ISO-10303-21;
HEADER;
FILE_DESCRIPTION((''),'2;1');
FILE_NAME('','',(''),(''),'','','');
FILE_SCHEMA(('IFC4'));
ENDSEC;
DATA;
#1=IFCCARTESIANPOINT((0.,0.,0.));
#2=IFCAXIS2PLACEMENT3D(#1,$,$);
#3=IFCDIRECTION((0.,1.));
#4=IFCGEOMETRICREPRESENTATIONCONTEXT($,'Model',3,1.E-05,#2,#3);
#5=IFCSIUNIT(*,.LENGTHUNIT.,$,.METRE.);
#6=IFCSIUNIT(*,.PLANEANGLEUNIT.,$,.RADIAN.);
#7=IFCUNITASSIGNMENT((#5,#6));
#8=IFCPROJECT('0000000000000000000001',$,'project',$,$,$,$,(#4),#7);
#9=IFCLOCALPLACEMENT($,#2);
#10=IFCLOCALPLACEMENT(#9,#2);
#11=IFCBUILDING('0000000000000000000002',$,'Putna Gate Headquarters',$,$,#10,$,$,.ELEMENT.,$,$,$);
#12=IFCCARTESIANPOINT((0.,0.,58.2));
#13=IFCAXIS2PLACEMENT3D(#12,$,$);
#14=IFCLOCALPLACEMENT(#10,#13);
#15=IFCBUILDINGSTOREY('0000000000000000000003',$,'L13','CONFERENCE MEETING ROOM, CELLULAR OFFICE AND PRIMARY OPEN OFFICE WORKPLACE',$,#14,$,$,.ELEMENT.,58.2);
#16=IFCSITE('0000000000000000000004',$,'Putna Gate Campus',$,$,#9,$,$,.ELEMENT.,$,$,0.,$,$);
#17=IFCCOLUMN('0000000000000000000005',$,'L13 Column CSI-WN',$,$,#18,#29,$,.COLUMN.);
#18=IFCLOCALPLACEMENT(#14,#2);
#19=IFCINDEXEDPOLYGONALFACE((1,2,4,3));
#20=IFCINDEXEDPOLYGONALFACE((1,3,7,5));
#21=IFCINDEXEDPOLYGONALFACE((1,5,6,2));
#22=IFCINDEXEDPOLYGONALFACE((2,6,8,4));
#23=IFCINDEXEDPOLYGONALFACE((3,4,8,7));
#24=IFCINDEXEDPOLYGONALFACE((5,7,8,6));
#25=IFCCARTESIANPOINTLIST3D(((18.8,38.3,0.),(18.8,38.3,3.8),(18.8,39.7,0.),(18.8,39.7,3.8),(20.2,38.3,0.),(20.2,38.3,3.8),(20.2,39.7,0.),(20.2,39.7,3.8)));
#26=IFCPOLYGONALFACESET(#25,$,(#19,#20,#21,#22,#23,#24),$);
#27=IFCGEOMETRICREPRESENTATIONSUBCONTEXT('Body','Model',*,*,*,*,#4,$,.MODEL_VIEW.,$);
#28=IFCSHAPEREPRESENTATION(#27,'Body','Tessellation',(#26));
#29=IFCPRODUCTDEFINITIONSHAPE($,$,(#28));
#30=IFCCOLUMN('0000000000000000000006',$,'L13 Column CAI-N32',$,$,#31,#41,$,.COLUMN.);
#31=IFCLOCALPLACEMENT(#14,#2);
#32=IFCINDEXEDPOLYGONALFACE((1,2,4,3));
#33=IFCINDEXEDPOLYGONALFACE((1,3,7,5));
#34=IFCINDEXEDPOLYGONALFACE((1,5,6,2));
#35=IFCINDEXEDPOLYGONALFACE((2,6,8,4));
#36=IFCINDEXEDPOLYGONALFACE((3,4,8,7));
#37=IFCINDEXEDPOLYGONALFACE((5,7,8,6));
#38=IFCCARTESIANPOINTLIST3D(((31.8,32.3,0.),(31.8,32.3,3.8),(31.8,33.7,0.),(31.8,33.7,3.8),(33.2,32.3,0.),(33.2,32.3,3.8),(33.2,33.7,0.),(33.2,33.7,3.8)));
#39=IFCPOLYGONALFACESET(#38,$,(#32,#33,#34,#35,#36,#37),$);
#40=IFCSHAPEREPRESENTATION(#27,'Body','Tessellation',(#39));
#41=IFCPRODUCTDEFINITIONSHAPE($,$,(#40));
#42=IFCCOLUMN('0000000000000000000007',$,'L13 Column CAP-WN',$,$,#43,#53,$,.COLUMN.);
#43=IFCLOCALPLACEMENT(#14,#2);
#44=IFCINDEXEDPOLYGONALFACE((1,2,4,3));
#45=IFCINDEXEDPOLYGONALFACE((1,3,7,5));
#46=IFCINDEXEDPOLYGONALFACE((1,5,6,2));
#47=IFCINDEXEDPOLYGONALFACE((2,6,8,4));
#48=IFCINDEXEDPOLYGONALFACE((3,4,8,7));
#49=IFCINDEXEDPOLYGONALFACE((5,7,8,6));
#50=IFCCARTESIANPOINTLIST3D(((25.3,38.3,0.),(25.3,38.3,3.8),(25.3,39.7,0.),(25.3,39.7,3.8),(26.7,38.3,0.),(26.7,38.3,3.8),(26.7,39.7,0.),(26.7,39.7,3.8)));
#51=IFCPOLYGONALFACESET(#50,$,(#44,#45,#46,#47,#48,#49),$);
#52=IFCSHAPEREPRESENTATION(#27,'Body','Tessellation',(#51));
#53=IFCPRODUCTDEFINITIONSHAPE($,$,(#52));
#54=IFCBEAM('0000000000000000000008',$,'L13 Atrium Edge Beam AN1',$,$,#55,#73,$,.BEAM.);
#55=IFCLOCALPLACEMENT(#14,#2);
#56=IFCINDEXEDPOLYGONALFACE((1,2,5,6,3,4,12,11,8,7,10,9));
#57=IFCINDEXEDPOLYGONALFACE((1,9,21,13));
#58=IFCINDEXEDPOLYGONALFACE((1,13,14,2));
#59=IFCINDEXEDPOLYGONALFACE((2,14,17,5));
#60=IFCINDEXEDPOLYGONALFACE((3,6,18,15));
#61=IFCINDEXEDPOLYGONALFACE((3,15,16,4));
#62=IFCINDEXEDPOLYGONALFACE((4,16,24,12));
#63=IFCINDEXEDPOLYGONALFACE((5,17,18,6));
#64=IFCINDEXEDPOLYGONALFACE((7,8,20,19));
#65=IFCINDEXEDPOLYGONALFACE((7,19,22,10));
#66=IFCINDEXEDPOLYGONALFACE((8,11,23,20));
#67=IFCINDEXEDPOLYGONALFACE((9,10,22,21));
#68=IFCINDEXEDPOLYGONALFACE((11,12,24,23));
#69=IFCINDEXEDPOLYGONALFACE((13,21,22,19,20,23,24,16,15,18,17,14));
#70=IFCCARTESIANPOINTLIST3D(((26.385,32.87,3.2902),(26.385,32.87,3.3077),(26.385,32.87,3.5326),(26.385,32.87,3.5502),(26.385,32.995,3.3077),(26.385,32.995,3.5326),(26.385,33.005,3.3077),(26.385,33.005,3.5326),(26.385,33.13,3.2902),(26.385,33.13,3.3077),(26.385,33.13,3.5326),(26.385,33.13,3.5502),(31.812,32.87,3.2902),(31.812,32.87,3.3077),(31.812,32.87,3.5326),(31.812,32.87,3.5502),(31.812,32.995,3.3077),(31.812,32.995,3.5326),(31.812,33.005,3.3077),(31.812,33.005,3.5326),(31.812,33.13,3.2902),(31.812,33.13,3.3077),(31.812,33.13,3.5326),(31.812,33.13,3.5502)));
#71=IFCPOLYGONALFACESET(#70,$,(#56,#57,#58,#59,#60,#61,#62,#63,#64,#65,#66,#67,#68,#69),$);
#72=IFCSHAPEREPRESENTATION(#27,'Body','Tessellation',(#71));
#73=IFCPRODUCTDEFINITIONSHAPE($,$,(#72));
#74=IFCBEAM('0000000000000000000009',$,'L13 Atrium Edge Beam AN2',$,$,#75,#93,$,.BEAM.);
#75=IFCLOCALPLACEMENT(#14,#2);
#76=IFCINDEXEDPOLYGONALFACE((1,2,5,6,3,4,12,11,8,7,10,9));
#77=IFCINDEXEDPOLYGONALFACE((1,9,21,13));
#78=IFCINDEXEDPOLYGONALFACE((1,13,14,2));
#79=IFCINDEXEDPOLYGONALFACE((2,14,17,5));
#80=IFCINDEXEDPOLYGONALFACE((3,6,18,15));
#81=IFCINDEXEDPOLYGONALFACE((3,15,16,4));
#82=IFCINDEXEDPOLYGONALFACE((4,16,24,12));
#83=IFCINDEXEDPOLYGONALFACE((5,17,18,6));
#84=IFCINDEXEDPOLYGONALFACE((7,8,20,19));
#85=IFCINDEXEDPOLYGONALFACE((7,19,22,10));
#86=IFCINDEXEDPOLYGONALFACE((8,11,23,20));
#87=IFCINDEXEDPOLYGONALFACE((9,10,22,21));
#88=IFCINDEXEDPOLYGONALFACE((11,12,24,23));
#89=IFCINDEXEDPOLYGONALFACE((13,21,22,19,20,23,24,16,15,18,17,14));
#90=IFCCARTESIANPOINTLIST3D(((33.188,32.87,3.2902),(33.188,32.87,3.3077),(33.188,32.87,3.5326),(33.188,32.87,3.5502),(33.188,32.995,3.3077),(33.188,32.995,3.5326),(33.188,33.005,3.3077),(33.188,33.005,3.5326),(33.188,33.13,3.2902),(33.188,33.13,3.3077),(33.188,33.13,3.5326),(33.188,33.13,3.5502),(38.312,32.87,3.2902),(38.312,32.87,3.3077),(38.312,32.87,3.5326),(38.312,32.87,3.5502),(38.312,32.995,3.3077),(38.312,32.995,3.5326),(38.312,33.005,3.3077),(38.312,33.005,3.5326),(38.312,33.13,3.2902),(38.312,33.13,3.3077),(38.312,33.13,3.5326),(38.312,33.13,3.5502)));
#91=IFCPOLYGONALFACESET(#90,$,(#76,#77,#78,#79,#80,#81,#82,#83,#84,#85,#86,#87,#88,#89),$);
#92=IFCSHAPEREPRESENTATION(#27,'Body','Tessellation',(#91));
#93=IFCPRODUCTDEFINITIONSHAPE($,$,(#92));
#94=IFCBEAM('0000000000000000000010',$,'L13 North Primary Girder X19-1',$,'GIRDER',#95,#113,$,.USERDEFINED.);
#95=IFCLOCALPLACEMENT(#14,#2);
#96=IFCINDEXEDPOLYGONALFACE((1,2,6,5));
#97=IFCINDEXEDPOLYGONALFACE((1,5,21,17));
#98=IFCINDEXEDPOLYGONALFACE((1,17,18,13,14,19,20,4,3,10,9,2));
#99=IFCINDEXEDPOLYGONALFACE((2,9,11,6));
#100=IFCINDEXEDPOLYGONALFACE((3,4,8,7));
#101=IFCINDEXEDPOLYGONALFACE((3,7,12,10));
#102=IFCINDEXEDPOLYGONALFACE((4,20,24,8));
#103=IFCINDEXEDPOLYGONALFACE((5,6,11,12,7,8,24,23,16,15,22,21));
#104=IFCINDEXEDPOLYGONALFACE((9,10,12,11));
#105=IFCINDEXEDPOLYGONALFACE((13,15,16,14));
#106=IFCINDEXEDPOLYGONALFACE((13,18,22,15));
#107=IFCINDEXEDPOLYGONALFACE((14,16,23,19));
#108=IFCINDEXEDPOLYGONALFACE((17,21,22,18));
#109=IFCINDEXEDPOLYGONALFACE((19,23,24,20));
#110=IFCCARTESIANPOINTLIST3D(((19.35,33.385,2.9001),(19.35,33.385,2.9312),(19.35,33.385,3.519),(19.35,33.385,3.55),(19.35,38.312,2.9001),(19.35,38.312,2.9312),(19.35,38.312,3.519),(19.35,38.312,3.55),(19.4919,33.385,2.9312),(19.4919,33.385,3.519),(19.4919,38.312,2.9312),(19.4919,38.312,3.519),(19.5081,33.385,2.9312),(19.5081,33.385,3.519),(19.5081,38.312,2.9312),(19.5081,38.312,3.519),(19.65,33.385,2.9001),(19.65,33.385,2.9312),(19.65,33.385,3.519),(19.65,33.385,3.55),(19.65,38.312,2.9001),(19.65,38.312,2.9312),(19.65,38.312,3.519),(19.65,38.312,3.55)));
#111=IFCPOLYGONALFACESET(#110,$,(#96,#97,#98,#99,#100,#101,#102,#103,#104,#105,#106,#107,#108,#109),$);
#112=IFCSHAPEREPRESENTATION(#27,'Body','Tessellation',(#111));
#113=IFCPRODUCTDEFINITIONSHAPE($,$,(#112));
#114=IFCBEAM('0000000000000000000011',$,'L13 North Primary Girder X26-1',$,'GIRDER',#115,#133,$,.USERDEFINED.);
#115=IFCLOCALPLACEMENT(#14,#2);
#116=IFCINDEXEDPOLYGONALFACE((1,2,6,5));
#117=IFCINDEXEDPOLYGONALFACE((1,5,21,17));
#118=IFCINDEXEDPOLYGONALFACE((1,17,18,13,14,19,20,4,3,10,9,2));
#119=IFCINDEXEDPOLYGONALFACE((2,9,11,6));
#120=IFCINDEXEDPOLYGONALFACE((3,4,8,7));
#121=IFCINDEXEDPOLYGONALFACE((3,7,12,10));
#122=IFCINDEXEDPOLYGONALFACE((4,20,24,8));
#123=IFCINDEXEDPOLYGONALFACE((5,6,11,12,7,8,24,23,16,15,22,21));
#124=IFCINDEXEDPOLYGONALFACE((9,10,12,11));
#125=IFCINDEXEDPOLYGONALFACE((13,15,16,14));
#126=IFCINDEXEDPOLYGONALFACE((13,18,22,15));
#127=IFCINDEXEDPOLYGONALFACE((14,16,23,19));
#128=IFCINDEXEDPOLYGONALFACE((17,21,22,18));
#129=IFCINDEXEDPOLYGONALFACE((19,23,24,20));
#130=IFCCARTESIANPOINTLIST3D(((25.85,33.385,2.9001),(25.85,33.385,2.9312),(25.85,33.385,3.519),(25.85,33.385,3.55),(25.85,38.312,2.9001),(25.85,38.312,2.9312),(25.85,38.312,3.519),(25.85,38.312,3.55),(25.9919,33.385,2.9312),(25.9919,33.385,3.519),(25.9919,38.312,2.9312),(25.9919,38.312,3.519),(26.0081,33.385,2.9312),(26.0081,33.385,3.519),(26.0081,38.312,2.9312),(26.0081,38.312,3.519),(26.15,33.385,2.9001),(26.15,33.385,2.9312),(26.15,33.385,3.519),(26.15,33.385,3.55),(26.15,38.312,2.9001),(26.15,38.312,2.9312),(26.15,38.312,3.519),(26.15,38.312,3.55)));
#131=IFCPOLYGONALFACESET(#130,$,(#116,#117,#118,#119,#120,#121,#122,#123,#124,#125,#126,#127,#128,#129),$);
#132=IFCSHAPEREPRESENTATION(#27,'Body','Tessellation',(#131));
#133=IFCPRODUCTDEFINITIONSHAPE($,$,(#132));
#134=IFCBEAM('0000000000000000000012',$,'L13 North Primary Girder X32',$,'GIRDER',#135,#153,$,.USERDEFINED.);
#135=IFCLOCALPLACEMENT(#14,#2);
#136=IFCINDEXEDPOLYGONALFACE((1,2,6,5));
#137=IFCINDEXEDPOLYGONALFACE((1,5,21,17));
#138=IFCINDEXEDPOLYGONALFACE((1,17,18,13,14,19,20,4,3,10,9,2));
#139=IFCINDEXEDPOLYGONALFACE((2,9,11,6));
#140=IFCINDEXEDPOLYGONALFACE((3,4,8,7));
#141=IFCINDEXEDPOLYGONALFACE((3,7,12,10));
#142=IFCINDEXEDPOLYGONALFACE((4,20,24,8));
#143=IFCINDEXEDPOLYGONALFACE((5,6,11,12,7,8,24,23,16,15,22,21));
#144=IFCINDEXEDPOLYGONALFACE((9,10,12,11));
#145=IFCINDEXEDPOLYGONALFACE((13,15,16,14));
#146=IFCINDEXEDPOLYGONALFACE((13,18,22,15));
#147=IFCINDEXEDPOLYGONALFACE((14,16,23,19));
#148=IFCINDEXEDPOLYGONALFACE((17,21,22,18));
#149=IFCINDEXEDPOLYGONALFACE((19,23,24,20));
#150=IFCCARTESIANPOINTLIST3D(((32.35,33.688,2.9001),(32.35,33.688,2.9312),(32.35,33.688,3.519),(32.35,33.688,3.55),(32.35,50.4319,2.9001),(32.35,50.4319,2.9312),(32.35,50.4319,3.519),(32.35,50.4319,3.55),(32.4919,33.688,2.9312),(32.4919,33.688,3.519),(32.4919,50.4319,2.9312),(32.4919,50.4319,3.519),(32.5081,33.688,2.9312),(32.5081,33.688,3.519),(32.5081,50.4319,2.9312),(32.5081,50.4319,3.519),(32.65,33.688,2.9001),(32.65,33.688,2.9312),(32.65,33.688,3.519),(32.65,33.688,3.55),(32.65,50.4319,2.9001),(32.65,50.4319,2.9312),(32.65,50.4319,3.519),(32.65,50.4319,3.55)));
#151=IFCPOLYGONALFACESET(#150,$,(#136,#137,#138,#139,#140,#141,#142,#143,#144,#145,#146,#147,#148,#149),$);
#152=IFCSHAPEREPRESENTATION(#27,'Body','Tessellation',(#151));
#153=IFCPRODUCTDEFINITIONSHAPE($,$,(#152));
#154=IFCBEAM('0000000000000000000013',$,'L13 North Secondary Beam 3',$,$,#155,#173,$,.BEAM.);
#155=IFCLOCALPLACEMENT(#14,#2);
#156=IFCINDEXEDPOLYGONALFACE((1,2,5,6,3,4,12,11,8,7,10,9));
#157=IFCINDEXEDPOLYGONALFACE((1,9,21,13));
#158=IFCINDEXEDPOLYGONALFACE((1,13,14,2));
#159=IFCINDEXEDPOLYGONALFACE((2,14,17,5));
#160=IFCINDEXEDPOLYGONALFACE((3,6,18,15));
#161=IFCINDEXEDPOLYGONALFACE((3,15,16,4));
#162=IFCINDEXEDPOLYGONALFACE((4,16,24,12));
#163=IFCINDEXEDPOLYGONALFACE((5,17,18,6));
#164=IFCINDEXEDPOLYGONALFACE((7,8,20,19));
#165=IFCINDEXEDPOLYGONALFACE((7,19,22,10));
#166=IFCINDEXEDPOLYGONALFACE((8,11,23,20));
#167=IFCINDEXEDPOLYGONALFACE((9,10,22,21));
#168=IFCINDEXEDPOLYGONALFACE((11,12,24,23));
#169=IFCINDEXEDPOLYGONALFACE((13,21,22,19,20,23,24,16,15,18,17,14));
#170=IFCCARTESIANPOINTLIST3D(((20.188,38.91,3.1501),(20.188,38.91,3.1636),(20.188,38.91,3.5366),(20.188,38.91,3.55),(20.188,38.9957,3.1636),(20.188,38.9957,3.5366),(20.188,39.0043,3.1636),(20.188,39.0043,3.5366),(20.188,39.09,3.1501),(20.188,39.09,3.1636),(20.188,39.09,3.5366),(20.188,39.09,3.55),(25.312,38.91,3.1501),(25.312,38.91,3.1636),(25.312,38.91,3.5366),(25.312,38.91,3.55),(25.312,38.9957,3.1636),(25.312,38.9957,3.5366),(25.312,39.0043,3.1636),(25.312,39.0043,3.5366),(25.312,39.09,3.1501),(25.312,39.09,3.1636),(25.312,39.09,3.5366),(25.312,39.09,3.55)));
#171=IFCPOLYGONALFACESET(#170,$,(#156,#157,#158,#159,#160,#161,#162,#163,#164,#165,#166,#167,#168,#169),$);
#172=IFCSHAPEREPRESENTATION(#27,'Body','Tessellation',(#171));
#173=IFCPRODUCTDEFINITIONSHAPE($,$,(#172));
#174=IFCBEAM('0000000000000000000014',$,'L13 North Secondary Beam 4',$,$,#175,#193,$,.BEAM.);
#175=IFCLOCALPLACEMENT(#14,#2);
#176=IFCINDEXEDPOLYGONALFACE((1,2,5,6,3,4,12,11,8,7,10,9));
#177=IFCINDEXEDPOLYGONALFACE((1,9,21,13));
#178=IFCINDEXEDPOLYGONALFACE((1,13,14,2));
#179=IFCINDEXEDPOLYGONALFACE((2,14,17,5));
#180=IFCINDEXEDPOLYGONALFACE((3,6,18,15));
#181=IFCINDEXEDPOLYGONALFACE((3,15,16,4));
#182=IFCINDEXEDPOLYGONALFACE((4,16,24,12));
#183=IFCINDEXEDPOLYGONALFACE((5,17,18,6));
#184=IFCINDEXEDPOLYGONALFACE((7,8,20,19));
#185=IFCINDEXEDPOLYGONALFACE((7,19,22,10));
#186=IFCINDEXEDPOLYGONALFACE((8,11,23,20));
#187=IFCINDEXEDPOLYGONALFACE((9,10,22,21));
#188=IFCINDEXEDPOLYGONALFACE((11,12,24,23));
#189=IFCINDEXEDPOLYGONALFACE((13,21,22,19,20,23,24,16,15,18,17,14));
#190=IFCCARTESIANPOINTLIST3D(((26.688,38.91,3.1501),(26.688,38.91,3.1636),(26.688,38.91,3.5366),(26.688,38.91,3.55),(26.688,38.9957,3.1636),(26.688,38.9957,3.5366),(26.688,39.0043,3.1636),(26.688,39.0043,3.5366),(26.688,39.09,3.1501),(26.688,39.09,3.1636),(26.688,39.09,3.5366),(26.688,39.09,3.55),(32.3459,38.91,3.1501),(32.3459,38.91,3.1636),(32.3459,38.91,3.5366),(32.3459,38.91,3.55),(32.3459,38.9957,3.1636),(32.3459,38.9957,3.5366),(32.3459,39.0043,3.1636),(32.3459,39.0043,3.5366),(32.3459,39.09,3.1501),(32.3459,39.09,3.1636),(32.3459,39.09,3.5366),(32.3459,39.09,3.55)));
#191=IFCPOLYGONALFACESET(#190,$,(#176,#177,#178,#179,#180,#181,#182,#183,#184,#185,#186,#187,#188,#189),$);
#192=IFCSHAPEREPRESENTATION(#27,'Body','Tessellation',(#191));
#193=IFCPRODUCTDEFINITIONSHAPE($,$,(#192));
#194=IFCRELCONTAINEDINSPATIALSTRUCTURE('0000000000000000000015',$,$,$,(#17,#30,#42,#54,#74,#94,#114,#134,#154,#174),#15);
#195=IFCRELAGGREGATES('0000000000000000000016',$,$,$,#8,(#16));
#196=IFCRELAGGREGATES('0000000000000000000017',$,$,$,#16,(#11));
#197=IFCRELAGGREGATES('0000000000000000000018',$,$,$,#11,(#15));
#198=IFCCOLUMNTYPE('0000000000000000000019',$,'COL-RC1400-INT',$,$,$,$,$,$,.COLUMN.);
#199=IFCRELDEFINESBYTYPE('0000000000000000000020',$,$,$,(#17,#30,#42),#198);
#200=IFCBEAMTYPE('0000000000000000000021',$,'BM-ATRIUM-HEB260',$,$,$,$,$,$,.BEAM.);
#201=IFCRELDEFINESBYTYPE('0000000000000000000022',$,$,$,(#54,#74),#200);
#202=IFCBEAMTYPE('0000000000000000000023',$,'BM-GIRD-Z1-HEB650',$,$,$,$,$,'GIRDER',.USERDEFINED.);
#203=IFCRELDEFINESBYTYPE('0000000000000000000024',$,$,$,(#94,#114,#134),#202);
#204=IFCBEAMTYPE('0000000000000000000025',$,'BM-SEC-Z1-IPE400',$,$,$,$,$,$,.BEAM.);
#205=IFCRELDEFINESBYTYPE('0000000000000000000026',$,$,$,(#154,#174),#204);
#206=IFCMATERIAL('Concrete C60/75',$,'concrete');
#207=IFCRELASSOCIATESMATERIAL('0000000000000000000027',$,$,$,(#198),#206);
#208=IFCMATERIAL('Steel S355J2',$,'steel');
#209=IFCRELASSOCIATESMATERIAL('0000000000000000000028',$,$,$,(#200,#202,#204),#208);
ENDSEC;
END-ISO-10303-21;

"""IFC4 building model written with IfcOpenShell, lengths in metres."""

from ifc_helpers import new_model, si_unit, direction, frame, origin, origin_2d, place, context, subcontext, project, spatial, rectangle, i_section, extrude, material, material_profile, profile_set, type_object, element, save


model = new_model("IFC4")

# Units and contexts
model_context = context("Model", 3, precision=1e-05, world=origin(), true_north=direction((0.0, 1.0)))
body_context = subcontext(model_context, "Body", "Model", "MODEL_VIEW")
ifc_project = project(units=[si_unit("LENGTHUNIT", "METRE"), si_unit("PLANEANGLEUNIT", "RADIAN")], contexts=[model_context])

# Site, building, storey
site_placement = place(None, origin())
site = spatial("IfcSite", under=ifc_project, at=site_placement, Name="Putna Gate Campus", CompositionType="ELEMENT", RefElevation=0.0)
building_placement = place(site_placement, origin())
building = spatial("IfcBuilding", under=site, at=building_placement, Name="Putna Gate Headquarters", CompositionType="ELEMENT")
storey_placement = place(building_placement, frame((0.0, 0.0, 58.2)))
storey = spatial("IfcBuildingStorey", under=building, at=storey_placement, Name="L13", Description="CONFERENCE MEETING ROOM, CELLULAR OFFICE AND PRIMARY OPEN OFFICE WORKPLACE", CompositionType="ELEMENT", Elevation=58.2)

# Columns
ifc_material_1 = material(Name="Concrete C60/75", Category="concrete")
ifc_material_profile_1 = material_profile(ifc_material_1, rectangle(XDim=1.3999, YDim=1.3999, at=origin_2d()), Name="Concrete C60/75")
ifc_profile_set_1 = profile_set([ifc_material_profile_1], Name="Concrete C60/75")
column_type = type_object("IfcColumnType", Name="COL-RC1400-INT", PredefinedType="COLUMN", material=ifc_profile_set_1)
for number, where, z_axis, x_axis, name in (
    (1, (19.5, 39.0, 0.0), (0.0, 0.0, 1.0), (1.0, 0.0, 0.0), "L13 Column CSI-WN"),
    (2, (32.5, 33.0, 0.0), (0.0, 0.0, 1.0), (1.0, 0.0, 0.0), "L13 Column CAI-N32"),
    (3, (26.0, 39.0, 0.0), (0.0, 0.0, 1.0), (1.0, 0.0, 0.0), "L13 Column CAP-WN"),
):
    element("IfcColumn", number, at=place(storey_placement, frame(where, z_axis=z_axis, x_axis=x_axis)), inside=storey, type_object=column_type, Name=name, PredefinedType="COLUMN", context=body_context, shape_type="SweptSolid", body=[
        extrude(rectangle(XDim=1.3999, YDim=1.3999, at=origin_2d()), origin(), (0.0, 0.0, 1.0), 3.8),
    ])

# Beams
ifc_material_2 = material(Name="Steel S355J2", Category="steel")
ifc_material_profile_2 = material_profile(ifc_material_2, i_section(OverallWidth=0.26, OverallDepth=0.26, WebThickness=0.01, FlangeThickness=0.0176, at=origin_2d()), Name="Steel S355J2")
ifc_profile_set_2 = profile_set([ifc_material_profile_2], Name="Steel S355J2")
beam_type_1 = type_object("IfcBeamType", Name="BM-ATRIUM-HEB260", PredefinedType="BEAM", material=ifc_profile_set_2)
beam_1_placement = place(storey_placement, frame((26.385, 33.0, 3.4202), z_axis=(1.0, 0.0, 0.0), x_axis=(0.0, 1.0, 0.0)))
element("IfcBeam", 4, at=beam_1_placement, inside=storey, type_object=beam_type_1, Name="L13 Atrium Edge Beam AN1", PredefinedType="BEAM", context=body_context, shape_type="SweptSolid", body=[
    extrude(i_section(OverallWidth=0.26, OverallDepth=0.26, WebThickness=0.01, FlangeThickness=0.0176, at=origin_2d()), origin(), (0.0, 0.0, 1.0), 5.427),
])
beam_2_placement = place(storey_placement, frame((33.188, 33.0, 3.4202), z_axis=(1.0, 0.0, 0.0), x_axis=(0.0, 1.0, 0.0)))
element("IfcBeam", 5, at=beam_2_placement, inside=storey, type_object=beam_type_1, Name="L13 Atrium Edge Beam AN2", PredefinedType="BEAM", context=body_context, shape_type="SweptSolid", body=[
    extrude(i_section(OverallWidth=0.26, OverallDepth=0.26, WebThickness=0.01, FlangeThickness=0.0176, at=origin_2d()), origin(), (0.0, 0.0, 1.0), 5.124),
])
ifc_material_profile_3 = material_profile(ifc_material_2, i_section(OverallWidth=0.3, OverallDepth=0.6499, WebThickness=0.0161, FlangeThickness=0.031, at=origin_2d()), Name="Steel S355J2")
ifc_profile_set_3 = profile_set([ifc_material_profile_3], Name="Steel S355J2")
beam_type_2 = type_object("IfcBeamType", Name="BM-GIRD-Z1-HEB650", ElementType="GIRDER", PredefinedType="USERDEFINED", material=ifc_profile_set_3)
for number, where, z_axis, x_axis, name in (
    (6, (19.5, 33.385, 3.2251), (0.0, 1.0, 0.0), (-1.0, 0.0, 0.0), "L13 North Primary Girder X19-1"),
    (7, (26.0, 33.385, 3.2251), (0.0, 1.0, 0.0), (-1.0, 0.0, 0.0), "L13 North Primary Girder X26-1"),
):
    element("IfcBeam", number, at=place(storey_placement, frame(where, z_axis=z_axis, x_axis=x_axis)), inside=storey, type_object=beam_type_2, Name=name, ObjectType="GIRDER", PredefinedType="USERDEFINED", context=body_context, shape_type="SweptSolid", body=[
        extrude(i_section(OverallWidth=0.3, OverallDepth=0.6499, WebThickness=0.0161, FlangeThickness=0.031, at=origin_2d()), origin(), (0.0, 0.0, 1.0), 4.927),
    ])
beam_3_placement = place(storey_placement, frame((32.5, 33.688, 3.2251), z_axis=(0.0, 1.0, 0.0), x_axis=(-1.0, 0.0, 0.0)))
element("IfcBeam", 8, at=beam_3_placement, inside=storey, type_object=beam_type_2, Name="L13 North Primary Girder X32", ObjectType="GIRDER", PredefinedType="USERDEFINED", context=body_context, shape_type="SweptSolid", body=[
    extrude(i_section(OverallWidth=0.3, OverallDepth=0.6499, WebThickness=0.0161, FlangeThickness=0.031, at=origin_2d()), origin(), (0.0, 0.0, 1.0), 16.7439),
])
ifc_material_profile_4 = material_profile(ifc_material_2, i_section(OverallWidth=0.1799, OverallDepth=0.3999, WebThickness=0.0085, FlangeThickness=0.0134, at=origin_2d()), Name="Steel S355J2")
ifc_profile_set_4 = profile_set([ifc_material_profile_4], Name="Steel S355J2")
beam_type_3 = type_object("IfcBeamType", Name="BM-SEC-Z1-IPE400", PredefinedType="BEAM", material=ifc_profile_set_4)
beam_4_placement = place(storey_placement, frame((20.188, 39.0, 3.3501), z_axis=(1.0, 0.0, 0.0), x_axis=(0.0, 1.0, 0.0)))
element("IfcBeam", 9, at=beam_4_placement, inside=storey, type_object=beam_type_3, Name="L13 North Secondary Beam 3", PredefinedType="BEAM", context=body_context, shape_type="SweptSolid", body=[
    extrude(i_section(OverallWidth=0.1799, OverallDepth=0.3999, WebThickness=0.0085, FlangeThickness=0.0134, at=origin_2d()), origin(), (0.0, 0.0, 1.0), 5.124),
])
beam_5_placement = place(storey_placement, frame((26.688, 39.0, 3.3501), z_axis=(1.0, 0.0, 0.0), x_axis=(0.0, 1.0, 0.0)))
element("IfcBeam", 10, at=beam_5_placement, inside=storey, type_object=beam_type_3, Name="L13 North Secondary Beam 4", PredefinedType="BEAM", context=body_context, shape_type="SweptSolid", body=[
    extrude(i_section(OverallWidth=0.1799, OverallDepth=0.3999, WebThickness=0.0085, FlangeThickness=0.0134, at=origin_2d()), origin(), (0.0, 0.0, 1.0), 5.658),
])

save(model, "model.ifc")
